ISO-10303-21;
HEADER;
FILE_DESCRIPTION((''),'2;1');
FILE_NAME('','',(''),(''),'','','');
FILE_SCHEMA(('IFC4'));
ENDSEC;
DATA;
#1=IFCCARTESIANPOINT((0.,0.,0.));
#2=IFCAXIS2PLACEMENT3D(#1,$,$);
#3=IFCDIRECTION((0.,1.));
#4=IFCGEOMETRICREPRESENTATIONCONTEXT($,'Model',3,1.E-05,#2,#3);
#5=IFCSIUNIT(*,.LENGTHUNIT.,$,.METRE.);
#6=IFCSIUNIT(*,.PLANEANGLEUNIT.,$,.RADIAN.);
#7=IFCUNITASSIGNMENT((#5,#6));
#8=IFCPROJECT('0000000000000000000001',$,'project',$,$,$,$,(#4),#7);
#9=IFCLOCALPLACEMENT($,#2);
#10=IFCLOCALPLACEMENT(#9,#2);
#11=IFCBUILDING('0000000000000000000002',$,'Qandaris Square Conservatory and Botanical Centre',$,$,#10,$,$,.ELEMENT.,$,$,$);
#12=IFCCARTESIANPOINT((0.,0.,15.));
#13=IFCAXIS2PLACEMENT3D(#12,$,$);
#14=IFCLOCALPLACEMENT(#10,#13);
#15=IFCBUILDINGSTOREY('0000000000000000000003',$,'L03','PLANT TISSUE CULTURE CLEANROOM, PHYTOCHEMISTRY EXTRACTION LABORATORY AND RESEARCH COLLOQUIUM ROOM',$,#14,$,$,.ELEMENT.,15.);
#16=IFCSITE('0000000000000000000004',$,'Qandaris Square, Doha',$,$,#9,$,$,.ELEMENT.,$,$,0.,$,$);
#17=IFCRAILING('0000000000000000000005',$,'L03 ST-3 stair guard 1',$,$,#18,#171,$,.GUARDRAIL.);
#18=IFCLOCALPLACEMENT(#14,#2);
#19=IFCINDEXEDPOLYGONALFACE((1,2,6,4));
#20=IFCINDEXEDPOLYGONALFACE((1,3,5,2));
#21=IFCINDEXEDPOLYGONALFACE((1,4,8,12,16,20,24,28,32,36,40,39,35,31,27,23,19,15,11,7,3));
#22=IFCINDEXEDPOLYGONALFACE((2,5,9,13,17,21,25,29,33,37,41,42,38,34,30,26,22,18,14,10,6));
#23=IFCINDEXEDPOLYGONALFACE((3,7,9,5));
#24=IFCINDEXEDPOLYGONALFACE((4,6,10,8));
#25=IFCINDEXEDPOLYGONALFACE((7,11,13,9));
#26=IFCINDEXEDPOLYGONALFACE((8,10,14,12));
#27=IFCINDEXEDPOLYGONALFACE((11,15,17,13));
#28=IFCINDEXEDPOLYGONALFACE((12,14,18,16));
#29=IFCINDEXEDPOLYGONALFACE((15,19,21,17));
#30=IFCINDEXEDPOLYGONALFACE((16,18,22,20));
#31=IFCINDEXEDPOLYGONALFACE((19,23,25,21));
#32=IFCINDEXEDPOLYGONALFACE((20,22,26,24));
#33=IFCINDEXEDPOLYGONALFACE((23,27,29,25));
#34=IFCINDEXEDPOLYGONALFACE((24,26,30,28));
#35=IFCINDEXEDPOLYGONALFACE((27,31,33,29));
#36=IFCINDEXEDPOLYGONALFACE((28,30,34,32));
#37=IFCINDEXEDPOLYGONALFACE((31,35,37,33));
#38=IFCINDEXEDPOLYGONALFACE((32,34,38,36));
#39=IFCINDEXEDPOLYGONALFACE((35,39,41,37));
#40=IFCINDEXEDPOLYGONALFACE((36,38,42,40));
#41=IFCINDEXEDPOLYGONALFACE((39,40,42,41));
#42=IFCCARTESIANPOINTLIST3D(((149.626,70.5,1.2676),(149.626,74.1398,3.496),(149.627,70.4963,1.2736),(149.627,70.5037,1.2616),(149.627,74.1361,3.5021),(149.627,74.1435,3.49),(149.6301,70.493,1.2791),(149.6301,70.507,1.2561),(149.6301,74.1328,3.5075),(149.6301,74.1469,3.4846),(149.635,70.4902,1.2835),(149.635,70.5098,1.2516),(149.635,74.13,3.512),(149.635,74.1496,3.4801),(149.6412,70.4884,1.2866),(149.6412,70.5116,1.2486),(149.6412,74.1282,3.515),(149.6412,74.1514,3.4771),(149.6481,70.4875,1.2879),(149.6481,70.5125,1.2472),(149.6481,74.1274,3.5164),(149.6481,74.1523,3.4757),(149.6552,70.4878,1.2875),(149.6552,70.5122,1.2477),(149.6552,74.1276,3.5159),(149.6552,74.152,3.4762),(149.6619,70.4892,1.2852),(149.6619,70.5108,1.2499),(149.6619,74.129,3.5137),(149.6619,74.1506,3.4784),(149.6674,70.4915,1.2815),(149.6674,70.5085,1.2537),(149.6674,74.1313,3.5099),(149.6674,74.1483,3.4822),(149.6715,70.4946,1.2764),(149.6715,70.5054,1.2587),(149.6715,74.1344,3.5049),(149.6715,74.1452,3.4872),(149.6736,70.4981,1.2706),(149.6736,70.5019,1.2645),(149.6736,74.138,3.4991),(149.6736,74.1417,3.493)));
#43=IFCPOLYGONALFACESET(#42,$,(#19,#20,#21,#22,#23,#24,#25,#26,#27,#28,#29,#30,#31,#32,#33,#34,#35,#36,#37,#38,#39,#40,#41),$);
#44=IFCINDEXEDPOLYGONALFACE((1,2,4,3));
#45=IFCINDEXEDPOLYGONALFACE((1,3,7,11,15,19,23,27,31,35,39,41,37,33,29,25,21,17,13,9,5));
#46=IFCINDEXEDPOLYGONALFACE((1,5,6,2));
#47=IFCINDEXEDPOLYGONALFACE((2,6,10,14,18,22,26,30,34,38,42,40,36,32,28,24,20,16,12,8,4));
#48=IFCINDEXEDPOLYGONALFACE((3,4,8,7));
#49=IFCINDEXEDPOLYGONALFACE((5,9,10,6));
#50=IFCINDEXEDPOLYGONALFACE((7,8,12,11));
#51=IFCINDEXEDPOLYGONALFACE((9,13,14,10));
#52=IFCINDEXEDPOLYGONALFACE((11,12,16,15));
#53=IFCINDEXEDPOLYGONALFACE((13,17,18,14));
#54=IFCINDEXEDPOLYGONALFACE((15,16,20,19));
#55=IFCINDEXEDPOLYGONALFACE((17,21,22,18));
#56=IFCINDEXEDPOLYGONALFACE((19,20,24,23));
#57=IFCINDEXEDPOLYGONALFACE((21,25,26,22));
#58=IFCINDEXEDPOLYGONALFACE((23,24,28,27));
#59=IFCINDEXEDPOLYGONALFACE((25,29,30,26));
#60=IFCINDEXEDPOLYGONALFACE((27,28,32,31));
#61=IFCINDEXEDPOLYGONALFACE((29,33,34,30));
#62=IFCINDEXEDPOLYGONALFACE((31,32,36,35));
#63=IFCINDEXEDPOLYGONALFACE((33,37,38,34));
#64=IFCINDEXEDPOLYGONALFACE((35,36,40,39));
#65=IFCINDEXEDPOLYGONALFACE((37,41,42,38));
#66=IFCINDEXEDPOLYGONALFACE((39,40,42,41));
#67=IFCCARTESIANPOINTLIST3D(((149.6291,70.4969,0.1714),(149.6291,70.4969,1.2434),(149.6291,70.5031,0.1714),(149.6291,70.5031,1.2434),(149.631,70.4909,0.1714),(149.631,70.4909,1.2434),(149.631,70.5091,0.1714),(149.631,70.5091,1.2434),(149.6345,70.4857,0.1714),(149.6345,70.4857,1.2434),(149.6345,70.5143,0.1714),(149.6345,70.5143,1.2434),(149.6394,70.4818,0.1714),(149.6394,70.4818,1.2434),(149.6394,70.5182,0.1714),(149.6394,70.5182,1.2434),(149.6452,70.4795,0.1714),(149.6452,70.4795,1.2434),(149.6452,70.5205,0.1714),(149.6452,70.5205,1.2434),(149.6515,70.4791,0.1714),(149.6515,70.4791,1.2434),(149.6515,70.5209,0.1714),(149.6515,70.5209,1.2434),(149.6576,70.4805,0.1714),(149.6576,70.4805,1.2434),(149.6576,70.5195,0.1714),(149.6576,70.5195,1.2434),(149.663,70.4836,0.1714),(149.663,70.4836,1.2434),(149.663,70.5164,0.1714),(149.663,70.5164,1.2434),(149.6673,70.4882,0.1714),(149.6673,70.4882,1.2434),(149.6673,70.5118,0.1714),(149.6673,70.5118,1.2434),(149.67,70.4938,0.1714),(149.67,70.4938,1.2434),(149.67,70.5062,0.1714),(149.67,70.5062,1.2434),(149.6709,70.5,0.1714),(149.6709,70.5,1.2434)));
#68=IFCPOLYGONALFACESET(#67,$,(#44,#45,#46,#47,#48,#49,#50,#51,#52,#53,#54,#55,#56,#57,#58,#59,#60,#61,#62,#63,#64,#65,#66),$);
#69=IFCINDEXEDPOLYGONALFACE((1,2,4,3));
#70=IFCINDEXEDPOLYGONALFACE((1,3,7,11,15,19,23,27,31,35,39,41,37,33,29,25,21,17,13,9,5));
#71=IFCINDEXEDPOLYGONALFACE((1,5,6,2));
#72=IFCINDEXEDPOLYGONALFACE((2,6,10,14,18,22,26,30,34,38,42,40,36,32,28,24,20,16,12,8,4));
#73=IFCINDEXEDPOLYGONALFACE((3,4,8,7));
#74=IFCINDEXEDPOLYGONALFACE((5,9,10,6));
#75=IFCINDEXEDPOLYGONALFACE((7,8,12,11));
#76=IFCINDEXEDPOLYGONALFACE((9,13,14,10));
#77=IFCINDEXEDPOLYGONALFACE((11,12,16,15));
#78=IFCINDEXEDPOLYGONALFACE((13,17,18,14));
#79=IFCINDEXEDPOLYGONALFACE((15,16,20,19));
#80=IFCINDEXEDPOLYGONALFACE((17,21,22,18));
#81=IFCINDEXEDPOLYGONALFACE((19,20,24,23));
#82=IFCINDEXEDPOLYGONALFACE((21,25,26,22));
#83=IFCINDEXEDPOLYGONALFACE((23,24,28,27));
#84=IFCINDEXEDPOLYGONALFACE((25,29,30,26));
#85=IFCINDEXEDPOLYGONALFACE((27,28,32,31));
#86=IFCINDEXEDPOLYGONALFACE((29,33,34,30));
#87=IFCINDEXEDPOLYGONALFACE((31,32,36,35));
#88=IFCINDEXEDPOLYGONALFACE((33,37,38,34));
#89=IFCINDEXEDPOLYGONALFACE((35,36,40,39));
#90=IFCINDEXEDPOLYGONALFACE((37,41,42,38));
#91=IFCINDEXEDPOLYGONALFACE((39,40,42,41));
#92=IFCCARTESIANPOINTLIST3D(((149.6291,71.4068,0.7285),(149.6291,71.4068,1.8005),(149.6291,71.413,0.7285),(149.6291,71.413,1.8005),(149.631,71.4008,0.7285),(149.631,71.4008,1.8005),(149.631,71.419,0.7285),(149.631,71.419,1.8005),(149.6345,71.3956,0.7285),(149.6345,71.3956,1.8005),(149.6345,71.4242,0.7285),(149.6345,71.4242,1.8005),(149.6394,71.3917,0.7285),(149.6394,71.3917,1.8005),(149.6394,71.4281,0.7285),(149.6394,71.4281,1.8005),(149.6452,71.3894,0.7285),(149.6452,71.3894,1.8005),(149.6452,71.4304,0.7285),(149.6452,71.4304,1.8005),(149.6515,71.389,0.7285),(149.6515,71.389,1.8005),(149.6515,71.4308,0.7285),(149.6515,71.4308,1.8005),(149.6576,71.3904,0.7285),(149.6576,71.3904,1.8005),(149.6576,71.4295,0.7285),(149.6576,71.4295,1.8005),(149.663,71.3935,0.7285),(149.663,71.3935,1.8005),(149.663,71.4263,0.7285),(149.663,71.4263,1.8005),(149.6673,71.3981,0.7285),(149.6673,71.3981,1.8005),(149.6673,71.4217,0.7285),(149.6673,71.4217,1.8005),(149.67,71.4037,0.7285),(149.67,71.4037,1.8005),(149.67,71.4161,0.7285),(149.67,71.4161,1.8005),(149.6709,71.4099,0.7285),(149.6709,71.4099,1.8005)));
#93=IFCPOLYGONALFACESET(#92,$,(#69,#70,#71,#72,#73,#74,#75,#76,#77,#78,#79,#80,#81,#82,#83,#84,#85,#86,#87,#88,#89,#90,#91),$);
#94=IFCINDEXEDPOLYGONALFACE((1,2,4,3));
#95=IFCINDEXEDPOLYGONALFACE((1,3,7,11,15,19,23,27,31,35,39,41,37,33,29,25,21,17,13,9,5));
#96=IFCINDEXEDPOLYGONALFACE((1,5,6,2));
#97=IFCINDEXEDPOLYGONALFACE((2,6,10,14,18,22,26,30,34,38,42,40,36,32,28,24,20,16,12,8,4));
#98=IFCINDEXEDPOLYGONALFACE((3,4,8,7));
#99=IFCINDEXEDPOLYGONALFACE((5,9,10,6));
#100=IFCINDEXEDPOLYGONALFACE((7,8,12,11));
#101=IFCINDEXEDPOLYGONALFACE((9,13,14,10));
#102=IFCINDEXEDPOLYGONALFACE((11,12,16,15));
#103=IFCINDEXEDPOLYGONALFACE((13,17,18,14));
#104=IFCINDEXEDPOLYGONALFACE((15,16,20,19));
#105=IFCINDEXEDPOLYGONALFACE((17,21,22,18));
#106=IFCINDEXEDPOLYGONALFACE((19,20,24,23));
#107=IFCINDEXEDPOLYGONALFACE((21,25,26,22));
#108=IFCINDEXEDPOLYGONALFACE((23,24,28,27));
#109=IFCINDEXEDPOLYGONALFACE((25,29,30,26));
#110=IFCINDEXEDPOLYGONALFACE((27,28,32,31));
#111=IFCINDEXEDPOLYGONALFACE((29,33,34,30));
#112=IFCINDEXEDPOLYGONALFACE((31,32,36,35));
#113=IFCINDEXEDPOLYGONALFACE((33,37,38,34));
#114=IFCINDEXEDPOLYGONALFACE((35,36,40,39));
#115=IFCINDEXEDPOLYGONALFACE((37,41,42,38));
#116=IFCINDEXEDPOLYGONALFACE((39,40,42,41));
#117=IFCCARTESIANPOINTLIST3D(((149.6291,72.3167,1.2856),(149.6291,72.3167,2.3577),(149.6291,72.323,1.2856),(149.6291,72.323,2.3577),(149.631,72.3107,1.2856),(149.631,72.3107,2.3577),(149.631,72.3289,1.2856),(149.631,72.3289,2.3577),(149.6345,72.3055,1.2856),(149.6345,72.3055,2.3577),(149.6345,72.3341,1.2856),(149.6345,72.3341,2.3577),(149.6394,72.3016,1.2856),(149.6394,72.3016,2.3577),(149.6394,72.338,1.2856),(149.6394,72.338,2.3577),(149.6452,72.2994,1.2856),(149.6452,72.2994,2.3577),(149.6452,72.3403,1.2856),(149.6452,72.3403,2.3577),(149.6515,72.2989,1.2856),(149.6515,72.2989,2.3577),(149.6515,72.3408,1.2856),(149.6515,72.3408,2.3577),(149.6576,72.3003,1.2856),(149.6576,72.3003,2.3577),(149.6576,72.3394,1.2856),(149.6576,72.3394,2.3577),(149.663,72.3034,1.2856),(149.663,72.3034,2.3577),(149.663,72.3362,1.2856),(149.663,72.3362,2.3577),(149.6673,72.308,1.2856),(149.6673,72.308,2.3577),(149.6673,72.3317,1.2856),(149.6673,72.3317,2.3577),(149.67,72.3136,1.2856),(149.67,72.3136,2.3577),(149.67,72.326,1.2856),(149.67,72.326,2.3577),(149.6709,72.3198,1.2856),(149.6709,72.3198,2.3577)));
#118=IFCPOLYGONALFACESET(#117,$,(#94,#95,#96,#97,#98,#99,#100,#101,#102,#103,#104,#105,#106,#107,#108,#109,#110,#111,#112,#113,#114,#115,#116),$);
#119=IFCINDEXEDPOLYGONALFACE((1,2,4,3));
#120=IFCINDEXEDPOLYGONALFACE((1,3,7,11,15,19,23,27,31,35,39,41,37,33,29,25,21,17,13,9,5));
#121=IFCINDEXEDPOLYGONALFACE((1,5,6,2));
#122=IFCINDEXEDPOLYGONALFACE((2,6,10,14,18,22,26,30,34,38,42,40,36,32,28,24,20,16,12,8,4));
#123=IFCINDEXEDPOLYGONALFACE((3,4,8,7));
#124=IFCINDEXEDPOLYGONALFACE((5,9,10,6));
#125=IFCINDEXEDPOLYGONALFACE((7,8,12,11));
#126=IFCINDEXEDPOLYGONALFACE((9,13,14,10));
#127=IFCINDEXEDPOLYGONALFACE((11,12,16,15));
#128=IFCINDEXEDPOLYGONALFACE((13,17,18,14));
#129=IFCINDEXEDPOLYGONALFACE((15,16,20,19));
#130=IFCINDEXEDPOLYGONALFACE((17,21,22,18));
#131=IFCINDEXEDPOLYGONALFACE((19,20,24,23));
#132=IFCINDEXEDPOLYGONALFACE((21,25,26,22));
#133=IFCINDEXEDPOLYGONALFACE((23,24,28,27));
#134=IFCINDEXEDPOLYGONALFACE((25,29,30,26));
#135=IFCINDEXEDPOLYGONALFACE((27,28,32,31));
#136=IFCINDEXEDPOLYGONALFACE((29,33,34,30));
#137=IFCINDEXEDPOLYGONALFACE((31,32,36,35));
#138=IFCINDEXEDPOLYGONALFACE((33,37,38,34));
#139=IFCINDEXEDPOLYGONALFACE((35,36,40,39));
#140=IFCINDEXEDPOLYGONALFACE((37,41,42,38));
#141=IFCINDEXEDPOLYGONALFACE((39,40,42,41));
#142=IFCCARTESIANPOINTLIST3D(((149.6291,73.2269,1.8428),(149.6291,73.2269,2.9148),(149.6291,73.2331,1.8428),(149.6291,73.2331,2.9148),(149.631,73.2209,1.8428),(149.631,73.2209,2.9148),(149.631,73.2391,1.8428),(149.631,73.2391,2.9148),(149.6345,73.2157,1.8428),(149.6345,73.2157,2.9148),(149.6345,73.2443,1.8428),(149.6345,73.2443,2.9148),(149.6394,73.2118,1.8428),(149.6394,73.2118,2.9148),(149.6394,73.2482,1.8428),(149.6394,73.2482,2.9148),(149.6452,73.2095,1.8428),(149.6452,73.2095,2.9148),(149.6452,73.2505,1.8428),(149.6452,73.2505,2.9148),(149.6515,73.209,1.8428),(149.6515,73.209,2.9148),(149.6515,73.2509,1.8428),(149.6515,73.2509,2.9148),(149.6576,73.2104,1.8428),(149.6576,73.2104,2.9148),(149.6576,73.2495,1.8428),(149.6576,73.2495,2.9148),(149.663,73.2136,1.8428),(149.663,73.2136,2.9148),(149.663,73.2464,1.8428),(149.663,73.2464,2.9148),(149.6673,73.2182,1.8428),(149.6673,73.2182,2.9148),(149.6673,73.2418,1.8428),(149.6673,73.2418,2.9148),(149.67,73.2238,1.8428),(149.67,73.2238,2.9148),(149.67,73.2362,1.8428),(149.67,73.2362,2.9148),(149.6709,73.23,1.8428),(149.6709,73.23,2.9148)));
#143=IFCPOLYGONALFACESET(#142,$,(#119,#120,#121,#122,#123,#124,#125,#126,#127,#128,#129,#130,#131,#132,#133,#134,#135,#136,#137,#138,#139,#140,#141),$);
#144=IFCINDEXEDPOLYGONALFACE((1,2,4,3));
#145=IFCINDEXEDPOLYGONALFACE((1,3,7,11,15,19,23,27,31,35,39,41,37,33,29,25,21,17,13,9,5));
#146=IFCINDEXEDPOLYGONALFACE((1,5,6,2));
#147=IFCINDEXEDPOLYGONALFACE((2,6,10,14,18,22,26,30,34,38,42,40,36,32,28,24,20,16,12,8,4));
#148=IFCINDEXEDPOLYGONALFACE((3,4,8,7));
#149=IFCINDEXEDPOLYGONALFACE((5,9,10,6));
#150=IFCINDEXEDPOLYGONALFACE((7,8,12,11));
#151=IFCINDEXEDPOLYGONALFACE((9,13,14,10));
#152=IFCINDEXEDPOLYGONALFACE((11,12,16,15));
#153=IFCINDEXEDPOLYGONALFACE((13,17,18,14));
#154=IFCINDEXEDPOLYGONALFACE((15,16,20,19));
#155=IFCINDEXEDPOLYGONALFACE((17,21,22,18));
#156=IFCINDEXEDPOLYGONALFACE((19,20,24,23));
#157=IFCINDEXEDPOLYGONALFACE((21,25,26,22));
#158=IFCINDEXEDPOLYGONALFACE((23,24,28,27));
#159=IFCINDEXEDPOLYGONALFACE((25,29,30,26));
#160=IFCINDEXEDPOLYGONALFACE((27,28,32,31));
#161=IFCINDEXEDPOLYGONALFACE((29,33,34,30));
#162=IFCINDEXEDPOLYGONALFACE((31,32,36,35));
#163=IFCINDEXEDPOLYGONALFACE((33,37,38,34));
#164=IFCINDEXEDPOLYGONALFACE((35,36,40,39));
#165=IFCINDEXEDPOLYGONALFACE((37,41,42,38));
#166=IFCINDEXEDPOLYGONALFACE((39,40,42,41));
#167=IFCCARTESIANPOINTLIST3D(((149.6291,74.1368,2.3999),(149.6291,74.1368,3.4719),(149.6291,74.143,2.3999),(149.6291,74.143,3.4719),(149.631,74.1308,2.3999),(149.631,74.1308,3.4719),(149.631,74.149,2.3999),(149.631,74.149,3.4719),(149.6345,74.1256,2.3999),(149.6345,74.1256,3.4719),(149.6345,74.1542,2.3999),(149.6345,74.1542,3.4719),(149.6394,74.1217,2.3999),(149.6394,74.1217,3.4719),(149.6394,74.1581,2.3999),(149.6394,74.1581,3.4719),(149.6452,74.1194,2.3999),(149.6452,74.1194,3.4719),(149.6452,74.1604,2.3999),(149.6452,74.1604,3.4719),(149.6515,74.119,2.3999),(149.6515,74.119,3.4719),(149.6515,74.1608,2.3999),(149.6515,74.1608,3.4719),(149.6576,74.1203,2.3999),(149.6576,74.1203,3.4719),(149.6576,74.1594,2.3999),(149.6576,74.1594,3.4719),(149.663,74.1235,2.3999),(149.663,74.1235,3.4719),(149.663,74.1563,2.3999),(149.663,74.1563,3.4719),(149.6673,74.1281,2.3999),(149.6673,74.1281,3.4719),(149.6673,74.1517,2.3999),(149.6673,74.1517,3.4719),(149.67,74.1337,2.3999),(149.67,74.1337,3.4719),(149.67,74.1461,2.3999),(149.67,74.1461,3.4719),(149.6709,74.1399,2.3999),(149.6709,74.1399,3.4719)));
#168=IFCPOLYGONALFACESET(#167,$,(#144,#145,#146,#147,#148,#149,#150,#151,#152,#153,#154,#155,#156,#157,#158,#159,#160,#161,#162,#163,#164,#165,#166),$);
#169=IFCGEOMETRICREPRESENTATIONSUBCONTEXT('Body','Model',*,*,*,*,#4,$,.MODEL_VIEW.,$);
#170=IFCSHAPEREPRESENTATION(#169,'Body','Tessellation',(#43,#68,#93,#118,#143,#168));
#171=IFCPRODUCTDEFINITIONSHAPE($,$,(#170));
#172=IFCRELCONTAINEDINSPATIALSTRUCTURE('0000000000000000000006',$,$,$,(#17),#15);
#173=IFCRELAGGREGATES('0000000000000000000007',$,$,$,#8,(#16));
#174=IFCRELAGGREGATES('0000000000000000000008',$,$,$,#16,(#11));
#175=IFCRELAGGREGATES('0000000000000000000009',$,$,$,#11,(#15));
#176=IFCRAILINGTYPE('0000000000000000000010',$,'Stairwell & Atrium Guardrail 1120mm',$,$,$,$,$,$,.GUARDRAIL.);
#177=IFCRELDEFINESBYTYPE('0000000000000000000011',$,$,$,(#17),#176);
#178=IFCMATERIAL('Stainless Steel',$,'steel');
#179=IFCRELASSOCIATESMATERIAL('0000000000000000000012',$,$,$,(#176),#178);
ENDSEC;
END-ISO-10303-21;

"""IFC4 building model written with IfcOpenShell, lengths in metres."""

from ifc_helpers import new_model, si_unit, direction, frame, origin, origin_2d, place, context, subcontext, project, spatial, circle, extrude, material, type_object, element, save


model = new_model("IFC4")

# Units and contexts
model_context = context("Model", 3, precision=1e-05, world=origin(), true_north=direction((0.0, 1.0)))
body_context = subcontext(model_context, "Body", "Model", "MODEL_VIEW")
ifc_project = project(units=[si_unit("LENGTHUNIT", "METRE"), si_unit("PLANEANGLEUNIT", "RADIAN")], contexts=[model_context])

# Site, building, storey
site_placement = place(None, origin())
site = spatial("IfcSite", under=ifc_project, at=site_placement, Name="Qandaris Square, Doha", CompositionType="ELEMENT", RefElevation=0.0)
building_placement = place(site_placement, origin())
building = spatial("IfcBuilding", under=site, at=building_placement, Name="Qandaris Square Conservatory and Botanical Centre", CompositionType="ELEMENT")
storey_placement = place(building_placement, frame((0.0, 0.0, 15.0)))
storey = spatial("IfcBuildingStorey", under=building, at=storey_placement, Name="L03", Description="PLANT TISSUE CULTURE CLEANROOM, PHYTOCHEMISTRY EXTRACTION LABORATORY AND RESEARCH COLLOQUIUM ROOM", CompositionType="ELEMENT", Elevation=15.0)

# Railing
ifc_material_1 = material(Name="Stainless Steel", Category="steel")
railing_type_1 = type_object("IfcRailingType", Name="Stairwell & Atrium Guardrail 1120mm", PredefinedType="GUARDRAIL", material=ifc_material_1)
railing_1_placement = place(storey_placement, frame((149.6499, 70.5, 0.1714)))
element("IfcRailing", 1, at=railing_1_placement, inside=storey, type_object=railing_type_1, Name="L03 ST-3 stair guard 1", PredefinedType="GUARDRAIL", context=body_context, shape_type="SweptSolid", body=[
    extrude(circle(Radius=0.0239, at=origin_2d()), frame((0.0, 0.0, 1.0962), z_axis=(0.0, 0.85285, 0.522156), x_axis=(-1.0, 0.0, 0.0)), (0.0, 0.0, 1.0), 4.2678),
    extrude(circle(Radius=0.021, at=origin_2d()), origin(), (0.0, 0.0, 1.0), 1.072),
    extrude(circle(Radius=0.021, at=origin_2d()), frame((0.0, 0.9099, 0.5571)), (0.0, 0.0, 1.0), 1.072),
    extrude(circle(Radius=0.021, at=origin_2d()), frame((0.0, 1.8198, 1.1143)), (0.0, 0.0, 1.0), 1.072),
    extrude(circle(Radius=0.021, at=origin_2d()), frame((0.0, 2.73, 1.6714)), (0.0, 0.0, 1.0), 1.072),
    extrude(circle(Radius=0.021, at=origin_2d()), frame((0.0, 3.6399, 2.2285)), (0.0, 0.0, 1.0), 1.072),
])

save(model, "model.ifc")
